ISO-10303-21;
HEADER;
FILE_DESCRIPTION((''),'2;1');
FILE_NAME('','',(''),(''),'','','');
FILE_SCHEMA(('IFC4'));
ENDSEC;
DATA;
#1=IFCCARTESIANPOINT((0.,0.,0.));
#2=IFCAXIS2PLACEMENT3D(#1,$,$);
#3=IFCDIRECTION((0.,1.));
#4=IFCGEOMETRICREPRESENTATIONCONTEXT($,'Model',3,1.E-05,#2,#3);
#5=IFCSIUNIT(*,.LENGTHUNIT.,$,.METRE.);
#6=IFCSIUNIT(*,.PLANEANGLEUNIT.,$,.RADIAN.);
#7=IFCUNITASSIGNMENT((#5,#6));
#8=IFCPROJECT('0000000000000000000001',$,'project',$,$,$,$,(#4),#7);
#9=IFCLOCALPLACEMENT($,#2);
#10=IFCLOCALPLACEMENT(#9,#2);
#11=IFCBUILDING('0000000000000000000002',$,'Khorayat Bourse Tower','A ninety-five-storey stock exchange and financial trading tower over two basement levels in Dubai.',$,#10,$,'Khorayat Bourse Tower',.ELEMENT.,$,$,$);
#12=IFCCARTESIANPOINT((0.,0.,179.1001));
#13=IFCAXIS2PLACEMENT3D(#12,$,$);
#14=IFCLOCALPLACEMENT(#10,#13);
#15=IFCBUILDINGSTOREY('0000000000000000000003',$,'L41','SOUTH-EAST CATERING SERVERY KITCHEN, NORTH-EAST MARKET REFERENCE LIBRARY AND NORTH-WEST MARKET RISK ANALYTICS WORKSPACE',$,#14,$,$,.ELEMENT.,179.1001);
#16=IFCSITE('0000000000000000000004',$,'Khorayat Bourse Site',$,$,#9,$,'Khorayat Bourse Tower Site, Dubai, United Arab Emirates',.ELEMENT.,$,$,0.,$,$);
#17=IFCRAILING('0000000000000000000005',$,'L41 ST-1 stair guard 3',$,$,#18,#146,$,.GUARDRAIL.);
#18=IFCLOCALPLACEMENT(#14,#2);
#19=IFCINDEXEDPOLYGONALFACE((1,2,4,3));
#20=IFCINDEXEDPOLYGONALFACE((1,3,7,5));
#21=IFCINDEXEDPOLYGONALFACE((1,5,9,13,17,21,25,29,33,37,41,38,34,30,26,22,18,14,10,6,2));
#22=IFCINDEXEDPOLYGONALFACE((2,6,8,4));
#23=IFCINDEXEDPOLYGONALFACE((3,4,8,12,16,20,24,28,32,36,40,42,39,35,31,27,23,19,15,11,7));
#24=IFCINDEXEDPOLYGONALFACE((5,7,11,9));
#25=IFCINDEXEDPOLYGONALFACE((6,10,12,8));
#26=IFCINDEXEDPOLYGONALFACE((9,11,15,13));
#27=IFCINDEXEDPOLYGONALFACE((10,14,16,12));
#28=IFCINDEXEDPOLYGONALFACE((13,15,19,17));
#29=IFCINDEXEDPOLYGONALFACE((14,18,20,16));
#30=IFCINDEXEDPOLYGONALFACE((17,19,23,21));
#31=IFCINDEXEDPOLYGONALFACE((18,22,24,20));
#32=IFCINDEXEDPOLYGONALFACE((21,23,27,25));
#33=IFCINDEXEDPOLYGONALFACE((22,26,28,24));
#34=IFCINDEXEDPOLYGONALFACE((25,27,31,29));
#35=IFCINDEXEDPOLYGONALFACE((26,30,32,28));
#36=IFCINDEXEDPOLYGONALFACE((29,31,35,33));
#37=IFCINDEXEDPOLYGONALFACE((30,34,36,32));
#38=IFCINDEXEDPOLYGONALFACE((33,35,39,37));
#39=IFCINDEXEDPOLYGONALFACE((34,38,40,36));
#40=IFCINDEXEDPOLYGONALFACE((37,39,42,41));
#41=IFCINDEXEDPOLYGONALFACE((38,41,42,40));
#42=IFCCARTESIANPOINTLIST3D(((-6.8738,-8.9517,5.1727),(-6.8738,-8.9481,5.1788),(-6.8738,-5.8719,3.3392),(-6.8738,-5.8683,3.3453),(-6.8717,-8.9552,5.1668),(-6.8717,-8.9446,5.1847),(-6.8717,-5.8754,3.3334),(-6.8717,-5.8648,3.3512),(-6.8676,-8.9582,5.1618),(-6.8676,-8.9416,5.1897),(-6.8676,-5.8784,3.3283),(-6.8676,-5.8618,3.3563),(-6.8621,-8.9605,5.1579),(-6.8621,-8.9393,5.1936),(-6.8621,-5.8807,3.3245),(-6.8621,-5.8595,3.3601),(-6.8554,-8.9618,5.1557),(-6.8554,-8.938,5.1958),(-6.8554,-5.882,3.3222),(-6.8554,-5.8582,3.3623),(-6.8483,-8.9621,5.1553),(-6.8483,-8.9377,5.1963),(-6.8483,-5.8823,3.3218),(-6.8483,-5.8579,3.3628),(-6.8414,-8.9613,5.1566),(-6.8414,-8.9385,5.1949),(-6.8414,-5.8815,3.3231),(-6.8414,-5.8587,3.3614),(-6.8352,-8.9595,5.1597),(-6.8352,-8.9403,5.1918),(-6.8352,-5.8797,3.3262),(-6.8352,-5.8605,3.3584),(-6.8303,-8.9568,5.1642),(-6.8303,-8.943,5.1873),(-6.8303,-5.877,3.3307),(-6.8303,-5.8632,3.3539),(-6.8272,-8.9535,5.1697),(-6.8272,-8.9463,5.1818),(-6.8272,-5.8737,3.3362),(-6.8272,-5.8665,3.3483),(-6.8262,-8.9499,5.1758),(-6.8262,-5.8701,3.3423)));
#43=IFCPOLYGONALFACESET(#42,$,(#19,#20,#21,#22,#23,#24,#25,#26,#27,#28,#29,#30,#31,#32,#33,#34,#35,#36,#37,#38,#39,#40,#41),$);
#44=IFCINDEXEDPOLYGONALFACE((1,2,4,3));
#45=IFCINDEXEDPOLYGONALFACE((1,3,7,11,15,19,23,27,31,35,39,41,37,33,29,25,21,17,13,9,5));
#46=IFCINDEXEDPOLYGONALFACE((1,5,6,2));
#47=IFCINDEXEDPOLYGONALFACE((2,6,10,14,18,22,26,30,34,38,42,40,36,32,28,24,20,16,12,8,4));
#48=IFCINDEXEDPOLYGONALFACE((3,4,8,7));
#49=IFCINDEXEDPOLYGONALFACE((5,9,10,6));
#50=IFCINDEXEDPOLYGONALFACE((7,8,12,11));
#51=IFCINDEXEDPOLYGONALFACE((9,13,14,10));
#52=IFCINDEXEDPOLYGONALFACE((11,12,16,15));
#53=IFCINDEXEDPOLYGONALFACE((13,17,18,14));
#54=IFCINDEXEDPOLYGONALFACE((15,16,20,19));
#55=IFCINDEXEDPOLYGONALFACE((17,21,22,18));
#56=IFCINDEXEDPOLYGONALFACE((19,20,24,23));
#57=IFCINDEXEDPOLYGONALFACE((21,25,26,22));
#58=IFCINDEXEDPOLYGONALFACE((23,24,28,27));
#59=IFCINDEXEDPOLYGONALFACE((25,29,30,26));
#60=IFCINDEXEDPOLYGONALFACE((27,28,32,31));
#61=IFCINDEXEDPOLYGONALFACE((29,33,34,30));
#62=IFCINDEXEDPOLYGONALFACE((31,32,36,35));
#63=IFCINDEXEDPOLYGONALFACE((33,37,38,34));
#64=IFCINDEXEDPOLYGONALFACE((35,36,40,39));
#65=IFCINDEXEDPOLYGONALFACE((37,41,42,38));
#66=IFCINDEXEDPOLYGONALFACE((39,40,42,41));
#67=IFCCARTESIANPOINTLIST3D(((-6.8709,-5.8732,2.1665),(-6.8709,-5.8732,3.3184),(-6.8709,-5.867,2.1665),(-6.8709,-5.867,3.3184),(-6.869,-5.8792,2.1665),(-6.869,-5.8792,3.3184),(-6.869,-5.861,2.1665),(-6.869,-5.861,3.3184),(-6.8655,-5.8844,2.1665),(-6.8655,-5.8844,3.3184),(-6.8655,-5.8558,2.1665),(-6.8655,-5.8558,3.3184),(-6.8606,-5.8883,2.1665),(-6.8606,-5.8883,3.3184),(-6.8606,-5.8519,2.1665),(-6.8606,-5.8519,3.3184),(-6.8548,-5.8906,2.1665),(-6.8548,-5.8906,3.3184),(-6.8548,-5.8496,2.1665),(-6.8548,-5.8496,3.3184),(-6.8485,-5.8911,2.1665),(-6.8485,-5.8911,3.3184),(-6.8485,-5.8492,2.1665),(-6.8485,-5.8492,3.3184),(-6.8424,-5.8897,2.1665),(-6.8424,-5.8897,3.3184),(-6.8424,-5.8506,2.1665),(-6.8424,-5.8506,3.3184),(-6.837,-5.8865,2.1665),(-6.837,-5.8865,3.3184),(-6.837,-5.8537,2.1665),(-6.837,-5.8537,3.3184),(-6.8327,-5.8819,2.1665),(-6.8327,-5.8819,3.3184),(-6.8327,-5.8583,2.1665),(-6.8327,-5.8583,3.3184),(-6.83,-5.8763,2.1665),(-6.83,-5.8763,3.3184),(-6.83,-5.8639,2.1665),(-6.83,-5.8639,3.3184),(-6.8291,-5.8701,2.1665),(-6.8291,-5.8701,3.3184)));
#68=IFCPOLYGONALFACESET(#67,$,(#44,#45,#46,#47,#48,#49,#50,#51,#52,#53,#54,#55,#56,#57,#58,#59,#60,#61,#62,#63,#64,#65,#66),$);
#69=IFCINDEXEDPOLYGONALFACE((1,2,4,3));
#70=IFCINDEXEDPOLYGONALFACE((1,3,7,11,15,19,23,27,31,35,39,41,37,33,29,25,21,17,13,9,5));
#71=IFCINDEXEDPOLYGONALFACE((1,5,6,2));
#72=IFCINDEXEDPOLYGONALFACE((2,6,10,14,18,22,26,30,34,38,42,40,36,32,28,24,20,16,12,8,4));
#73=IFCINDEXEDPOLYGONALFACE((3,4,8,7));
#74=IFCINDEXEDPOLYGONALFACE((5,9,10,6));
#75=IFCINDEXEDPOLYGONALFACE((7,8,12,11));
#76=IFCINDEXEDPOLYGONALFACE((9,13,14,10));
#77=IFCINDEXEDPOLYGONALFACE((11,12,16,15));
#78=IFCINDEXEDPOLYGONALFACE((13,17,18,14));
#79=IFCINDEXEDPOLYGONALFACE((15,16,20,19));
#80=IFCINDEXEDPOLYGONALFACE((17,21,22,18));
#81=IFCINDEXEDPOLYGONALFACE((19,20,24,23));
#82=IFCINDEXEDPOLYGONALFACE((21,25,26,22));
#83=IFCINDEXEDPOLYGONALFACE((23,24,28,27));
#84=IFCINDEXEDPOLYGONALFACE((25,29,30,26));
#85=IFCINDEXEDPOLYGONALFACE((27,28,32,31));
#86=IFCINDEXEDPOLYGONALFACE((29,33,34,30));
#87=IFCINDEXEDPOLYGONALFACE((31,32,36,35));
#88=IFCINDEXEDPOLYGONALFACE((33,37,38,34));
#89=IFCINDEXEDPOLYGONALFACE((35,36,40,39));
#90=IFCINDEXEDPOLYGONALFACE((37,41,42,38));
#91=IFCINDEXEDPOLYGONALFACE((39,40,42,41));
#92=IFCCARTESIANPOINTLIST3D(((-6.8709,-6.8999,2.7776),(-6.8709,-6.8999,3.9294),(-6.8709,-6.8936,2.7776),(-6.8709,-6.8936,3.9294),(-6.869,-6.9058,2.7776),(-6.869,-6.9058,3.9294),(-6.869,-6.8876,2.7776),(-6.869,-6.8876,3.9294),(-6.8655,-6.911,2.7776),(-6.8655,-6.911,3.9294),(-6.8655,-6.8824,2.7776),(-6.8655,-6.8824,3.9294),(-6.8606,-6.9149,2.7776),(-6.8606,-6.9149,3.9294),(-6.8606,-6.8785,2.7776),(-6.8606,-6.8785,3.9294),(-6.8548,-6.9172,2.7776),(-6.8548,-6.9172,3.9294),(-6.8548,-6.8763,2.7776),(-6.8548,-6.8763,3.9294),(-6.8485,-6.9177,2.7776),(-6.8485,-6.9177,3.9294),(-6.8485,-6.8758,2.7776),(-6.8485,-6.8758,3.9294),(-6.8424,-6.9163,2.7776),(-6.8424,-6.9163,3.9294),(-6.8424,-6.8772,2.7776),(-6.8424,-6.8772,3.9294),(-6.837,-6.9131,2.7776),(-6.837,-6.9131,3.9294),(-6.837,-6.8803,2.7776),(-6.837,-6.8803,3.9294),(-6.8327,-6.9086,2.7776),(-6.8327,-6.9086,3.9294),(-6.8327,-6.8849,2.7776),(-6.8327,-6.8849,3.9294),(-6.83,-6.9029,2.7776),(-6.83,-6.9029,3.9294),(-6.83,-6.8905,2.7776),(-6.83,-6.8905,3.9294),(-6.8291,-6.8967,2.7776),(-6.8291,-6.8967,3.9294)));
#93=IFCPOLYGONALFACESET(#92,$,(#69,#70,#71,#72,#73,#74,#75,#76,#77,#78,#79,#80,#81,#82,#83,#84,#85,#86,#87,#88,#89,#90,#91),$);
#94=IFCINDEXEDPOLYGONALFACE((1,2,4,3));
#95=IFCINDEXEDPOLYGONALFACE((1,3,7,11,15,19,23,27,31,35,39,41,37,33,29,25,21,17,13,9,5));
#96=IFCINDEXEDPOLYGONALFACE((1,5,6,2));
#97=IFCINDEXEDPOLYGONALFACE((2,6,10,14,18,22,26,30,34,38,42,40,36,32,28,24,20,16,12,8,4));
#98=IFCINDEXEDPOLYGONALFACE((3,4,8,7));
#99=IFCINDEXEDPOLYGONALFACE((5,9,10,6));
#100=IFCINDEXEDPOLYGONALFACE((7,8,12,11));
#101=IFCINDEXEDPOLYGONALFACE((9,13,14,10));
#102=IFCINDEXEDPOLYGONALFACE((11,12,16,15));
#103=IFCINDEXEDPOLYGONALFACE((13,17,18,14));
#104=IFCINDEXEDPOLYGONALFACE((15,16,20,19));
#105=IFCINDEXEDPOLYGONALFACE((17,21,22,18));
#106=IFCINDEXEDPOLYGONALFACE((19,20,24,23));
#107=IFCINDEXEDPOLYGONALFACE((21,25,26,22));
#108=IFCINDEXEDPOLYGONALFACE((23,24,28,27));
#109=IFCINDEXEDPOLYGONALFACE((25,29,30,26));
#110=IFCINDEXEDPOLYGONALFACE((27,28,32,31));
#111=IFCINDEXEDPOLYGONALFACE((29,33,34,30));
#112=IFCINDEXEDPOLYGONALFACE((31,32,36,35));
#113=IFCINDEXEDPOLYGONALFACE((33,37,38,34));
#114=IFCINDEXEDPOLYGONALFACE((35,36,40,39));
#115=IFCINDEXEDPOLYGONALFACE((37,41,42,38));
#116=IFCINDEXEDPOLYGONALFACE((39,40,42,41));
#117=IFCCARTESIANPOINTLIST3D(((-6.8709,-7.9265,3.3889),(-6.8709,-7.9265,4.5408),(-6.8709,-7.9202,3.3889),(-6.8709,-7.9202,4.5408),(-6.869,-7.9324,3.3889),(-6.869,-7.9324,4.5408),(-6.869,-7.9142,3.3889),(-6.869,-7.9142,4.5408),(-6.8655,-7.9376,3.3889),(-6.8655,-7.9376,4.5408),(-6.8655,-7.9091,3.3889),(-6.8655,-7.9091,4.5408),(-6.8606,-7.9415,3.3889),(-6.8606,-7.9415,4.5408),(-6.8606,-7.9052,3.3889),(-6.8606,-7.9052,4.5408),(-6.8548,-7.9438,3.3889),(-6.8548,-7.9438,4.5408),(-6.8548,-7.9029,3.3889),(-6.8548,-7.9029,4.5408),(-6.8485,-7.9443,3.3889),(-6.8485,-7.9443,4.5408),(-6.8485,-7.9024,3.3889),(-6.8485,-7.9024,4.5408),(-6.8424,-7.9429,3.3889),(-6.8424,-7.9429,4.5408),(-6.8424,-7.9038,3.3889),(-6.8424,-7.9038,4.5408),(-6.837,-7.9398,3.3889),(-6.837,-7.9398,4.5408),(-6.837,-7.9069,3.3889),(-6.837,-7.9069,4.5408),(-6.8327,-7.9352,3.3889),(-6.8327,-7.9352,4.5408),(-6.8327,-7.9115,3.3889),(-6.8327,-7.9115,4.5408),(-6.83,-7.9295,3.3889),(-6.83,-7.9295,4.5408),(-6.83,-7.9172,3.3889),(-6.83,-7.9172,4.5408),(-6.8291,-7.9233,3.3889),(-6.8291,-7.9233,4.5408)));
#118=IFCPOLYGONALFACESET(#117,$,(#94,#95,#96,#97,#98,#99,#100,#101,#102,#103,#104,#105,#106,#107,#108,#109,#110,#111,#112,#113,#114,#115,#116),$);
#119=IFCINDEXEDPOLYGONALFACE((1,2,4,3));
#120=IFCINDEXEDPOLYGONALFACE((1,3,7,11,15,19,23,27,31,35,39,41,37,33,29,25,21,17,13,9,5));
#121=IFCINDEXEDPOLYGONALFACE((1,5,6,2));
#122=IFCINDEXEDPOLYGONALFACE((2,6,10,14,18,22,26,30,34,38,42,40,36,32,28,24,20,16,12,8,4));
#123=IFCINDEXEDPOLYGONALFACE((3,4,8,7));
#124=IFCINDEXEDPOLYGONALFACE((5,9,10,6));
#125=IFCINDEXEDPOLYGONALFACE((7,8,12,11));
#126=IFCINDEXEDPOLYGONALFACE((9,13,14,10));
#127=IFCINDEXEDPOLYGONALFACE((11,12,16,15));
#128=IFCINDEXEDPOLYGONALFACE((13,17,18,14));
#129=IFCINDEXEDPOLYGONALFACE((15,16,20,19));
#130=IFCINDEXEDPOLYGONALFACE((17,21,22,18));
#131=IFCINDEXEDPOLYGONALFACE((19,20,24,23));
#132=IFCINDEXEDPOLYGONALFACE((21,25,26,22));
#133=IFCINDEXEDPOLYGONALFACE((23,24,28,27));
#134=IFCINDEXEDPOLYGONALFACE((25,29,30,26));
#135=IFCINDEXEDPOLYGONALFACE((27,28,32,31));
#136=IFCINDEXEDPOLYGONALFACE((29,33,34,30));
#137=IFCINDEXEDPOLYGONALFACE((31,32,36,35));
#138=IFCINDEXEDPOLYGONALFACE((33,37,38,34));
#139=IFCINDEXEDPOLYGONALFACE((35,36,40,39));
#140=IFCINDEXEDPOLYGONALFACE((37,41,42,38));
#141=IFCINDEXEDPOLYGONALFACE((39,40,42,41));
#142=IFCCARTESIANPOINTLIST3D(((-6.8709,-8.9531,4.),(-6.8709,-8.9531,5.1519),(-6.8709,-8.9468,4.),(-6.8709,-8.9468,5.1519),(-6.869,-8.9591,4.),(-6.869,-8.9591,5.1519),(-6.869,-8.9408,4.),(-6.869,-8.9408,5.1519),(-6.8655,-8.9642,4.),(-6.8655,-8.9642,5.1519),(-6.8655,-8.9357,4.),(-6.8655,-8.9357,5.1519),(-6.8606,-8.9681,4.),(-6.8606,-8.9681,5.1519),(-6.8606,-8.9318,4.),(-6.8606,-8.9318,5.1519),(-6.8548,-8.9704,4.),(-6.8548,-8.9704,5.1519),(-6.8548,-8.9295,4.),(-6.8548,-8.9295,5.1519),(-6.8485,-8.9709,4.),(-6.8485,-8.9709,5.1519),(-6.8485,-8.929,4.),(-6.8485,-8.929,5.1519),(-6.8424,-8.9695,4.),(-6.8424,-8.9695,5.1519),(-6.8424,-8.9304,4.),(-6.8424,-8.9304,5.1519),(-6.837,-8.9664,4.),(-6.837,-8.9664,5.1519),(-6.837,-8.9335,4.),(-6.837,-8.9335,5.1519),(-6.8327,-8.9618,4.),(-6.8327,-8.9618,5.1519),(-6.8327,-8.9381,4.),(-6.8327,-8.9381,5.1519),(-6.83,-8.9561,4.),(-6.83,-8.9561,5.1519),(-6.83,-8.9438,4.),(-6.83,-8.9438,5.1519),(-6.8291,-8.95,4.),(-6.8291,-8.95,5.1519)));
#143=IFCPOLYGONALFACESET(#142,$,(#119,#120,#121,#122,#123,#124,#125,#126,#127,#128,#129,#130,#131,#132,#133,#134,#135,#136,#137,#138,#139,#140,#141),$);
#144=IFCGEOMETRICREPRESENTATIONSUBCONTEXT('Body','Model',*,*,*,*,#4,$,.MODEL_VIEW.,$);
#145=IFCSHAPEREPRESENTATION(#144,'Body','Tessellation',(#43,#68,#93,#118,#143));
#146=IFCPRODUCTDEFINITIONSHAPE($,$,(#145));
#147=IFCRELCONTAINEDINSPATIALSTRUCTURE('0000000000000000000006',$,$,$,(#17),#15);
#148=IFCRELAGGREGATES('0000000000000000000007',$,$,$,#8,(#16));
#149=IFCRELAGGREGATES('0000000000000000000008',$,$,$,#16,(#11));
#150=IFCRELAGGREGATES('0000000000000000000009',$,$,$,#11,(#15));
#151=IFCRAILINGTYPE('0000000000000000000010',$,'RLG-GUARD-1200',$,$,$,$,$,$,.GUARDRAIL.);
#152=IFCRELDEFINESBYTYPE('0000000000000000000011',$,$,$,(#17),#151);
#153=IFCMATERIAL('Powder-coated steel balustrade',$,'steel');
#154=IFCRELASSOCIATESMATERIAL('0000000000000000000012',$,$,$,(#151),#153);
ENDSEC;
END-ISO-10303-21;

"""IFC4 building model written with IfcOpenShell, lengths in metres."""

from ifc_helpers import new_model, si_unit, direction, frame, origin, origin_2d, place, context, subcontext, project, spatial, circle, extrude, source, transform, mapped, material, type_object, element, save


model = new_model("IFC4")

# Units and contexts
model_context = context("Model", 3, precision=1e-05, world=origin(), true_north=direction((0.0, 1.0)))
body_context = subcontext(model_context, "Body", "Model", "MODEL_VIEW")
ifc_project = project(units=[si_unit("LENGTHUNIT", "METRE"), si_unit("PLANEANGLEUNIT", "RADIAN")], contexts=[model_context])

# Site, building, storey
site_placement = place(None, origin())
site = spatial("IfcSite", under=ifc_project, at=site_placement, Name="Khorayat Bourse Site", LongName="Khorayat Bourse Tower Site, Dubai, United Arab Emirates", CompositionType="ELEMENT", RefElevation=0.0)
building_placement = place(site_placement, origin())
building = spatial("IfcBuilding", under=site, at=building_placement, Name="Khorayat Bourse Tower", Description="A ninety-five-storey stock exchange and financial trading tower over two basement levels in Dubai.", LongName="Khorayat Bourse Tower", CompositionType="ELEMENT")
storey_placement = place(building_placement, frame((0.0, 0.0, 179.1001)))
storey = spatial("IfcBuildingStorey", under=building, at=storey_placement, Name="L41", Description="SOUTH-EAST CATERING SERVERY KITCHEN, NORTH-EAST MARKET REFERENCE LIBRARY AND NORTH-WEST MARKET RISK ANALYTICS WORKSPACE", CompositionType="ELEMENT", Elevation=179.1001)

# Railing
ifc_material_1 = material(Name="Powder-coated steel balustrade", Category="steel")
railing_type_1 = type_object("IfcRailingType", Name="RLG-GUARD-1200", PredefinedType="GUARDRAIL", material=ifc_material_1)
shared_shape_1 = source(origin(), body_context, "Body", "SweptSolid", [
    extrude(circle(Radius=0.0239, at=origin_2d()), frame((0.0, 0.0, 1.1758), z_axis=(0.0, -0.859261, 0.511538), x_axis=(1.0, 0.0, 0.0)), (0.0, 0.0, 1.0), 3.5842),
    extrude(circle(Radius=0.021, at=origin_2d()), origin(), (0.0, 0.0, 1.0), 1.1519),
    extrude(circle(Radius=0.021, at=origin_2d()), frame((0.0, -1.0266, 0.6111)), (0.0, 0.0, 1.0), 1.1519),
    extrude(circle(Radius=0.021, at=origin_2d()), frame((0.0, -2.0532, 1.2224)), (0.0, 0.0, 1.0), 1.1519),
    extrude(circle(Radius=0.021, at=origin_2d()), frame((0.0, -3.0798, 1.8335)), (0.0, 0.0, 1.0), 1.1519),
])
railing_1_placement = place(storey_placement, frame((-6.8501, -5.8701, 2.1665)))
element("IfcRailing", 1, at=railing_1_placement, inside=storey, type_object=railing_type_1, Name="L41 ST-1 stair guard 3", PredefinedType="GUARDRAIL", context=body_context, shape_type="MappedRepresentation", body=[
    mapped(shared_shape_1, transform((0.0, 0.0, 0.0), scale=1.0)),
])

save(model, "model.ifc")
